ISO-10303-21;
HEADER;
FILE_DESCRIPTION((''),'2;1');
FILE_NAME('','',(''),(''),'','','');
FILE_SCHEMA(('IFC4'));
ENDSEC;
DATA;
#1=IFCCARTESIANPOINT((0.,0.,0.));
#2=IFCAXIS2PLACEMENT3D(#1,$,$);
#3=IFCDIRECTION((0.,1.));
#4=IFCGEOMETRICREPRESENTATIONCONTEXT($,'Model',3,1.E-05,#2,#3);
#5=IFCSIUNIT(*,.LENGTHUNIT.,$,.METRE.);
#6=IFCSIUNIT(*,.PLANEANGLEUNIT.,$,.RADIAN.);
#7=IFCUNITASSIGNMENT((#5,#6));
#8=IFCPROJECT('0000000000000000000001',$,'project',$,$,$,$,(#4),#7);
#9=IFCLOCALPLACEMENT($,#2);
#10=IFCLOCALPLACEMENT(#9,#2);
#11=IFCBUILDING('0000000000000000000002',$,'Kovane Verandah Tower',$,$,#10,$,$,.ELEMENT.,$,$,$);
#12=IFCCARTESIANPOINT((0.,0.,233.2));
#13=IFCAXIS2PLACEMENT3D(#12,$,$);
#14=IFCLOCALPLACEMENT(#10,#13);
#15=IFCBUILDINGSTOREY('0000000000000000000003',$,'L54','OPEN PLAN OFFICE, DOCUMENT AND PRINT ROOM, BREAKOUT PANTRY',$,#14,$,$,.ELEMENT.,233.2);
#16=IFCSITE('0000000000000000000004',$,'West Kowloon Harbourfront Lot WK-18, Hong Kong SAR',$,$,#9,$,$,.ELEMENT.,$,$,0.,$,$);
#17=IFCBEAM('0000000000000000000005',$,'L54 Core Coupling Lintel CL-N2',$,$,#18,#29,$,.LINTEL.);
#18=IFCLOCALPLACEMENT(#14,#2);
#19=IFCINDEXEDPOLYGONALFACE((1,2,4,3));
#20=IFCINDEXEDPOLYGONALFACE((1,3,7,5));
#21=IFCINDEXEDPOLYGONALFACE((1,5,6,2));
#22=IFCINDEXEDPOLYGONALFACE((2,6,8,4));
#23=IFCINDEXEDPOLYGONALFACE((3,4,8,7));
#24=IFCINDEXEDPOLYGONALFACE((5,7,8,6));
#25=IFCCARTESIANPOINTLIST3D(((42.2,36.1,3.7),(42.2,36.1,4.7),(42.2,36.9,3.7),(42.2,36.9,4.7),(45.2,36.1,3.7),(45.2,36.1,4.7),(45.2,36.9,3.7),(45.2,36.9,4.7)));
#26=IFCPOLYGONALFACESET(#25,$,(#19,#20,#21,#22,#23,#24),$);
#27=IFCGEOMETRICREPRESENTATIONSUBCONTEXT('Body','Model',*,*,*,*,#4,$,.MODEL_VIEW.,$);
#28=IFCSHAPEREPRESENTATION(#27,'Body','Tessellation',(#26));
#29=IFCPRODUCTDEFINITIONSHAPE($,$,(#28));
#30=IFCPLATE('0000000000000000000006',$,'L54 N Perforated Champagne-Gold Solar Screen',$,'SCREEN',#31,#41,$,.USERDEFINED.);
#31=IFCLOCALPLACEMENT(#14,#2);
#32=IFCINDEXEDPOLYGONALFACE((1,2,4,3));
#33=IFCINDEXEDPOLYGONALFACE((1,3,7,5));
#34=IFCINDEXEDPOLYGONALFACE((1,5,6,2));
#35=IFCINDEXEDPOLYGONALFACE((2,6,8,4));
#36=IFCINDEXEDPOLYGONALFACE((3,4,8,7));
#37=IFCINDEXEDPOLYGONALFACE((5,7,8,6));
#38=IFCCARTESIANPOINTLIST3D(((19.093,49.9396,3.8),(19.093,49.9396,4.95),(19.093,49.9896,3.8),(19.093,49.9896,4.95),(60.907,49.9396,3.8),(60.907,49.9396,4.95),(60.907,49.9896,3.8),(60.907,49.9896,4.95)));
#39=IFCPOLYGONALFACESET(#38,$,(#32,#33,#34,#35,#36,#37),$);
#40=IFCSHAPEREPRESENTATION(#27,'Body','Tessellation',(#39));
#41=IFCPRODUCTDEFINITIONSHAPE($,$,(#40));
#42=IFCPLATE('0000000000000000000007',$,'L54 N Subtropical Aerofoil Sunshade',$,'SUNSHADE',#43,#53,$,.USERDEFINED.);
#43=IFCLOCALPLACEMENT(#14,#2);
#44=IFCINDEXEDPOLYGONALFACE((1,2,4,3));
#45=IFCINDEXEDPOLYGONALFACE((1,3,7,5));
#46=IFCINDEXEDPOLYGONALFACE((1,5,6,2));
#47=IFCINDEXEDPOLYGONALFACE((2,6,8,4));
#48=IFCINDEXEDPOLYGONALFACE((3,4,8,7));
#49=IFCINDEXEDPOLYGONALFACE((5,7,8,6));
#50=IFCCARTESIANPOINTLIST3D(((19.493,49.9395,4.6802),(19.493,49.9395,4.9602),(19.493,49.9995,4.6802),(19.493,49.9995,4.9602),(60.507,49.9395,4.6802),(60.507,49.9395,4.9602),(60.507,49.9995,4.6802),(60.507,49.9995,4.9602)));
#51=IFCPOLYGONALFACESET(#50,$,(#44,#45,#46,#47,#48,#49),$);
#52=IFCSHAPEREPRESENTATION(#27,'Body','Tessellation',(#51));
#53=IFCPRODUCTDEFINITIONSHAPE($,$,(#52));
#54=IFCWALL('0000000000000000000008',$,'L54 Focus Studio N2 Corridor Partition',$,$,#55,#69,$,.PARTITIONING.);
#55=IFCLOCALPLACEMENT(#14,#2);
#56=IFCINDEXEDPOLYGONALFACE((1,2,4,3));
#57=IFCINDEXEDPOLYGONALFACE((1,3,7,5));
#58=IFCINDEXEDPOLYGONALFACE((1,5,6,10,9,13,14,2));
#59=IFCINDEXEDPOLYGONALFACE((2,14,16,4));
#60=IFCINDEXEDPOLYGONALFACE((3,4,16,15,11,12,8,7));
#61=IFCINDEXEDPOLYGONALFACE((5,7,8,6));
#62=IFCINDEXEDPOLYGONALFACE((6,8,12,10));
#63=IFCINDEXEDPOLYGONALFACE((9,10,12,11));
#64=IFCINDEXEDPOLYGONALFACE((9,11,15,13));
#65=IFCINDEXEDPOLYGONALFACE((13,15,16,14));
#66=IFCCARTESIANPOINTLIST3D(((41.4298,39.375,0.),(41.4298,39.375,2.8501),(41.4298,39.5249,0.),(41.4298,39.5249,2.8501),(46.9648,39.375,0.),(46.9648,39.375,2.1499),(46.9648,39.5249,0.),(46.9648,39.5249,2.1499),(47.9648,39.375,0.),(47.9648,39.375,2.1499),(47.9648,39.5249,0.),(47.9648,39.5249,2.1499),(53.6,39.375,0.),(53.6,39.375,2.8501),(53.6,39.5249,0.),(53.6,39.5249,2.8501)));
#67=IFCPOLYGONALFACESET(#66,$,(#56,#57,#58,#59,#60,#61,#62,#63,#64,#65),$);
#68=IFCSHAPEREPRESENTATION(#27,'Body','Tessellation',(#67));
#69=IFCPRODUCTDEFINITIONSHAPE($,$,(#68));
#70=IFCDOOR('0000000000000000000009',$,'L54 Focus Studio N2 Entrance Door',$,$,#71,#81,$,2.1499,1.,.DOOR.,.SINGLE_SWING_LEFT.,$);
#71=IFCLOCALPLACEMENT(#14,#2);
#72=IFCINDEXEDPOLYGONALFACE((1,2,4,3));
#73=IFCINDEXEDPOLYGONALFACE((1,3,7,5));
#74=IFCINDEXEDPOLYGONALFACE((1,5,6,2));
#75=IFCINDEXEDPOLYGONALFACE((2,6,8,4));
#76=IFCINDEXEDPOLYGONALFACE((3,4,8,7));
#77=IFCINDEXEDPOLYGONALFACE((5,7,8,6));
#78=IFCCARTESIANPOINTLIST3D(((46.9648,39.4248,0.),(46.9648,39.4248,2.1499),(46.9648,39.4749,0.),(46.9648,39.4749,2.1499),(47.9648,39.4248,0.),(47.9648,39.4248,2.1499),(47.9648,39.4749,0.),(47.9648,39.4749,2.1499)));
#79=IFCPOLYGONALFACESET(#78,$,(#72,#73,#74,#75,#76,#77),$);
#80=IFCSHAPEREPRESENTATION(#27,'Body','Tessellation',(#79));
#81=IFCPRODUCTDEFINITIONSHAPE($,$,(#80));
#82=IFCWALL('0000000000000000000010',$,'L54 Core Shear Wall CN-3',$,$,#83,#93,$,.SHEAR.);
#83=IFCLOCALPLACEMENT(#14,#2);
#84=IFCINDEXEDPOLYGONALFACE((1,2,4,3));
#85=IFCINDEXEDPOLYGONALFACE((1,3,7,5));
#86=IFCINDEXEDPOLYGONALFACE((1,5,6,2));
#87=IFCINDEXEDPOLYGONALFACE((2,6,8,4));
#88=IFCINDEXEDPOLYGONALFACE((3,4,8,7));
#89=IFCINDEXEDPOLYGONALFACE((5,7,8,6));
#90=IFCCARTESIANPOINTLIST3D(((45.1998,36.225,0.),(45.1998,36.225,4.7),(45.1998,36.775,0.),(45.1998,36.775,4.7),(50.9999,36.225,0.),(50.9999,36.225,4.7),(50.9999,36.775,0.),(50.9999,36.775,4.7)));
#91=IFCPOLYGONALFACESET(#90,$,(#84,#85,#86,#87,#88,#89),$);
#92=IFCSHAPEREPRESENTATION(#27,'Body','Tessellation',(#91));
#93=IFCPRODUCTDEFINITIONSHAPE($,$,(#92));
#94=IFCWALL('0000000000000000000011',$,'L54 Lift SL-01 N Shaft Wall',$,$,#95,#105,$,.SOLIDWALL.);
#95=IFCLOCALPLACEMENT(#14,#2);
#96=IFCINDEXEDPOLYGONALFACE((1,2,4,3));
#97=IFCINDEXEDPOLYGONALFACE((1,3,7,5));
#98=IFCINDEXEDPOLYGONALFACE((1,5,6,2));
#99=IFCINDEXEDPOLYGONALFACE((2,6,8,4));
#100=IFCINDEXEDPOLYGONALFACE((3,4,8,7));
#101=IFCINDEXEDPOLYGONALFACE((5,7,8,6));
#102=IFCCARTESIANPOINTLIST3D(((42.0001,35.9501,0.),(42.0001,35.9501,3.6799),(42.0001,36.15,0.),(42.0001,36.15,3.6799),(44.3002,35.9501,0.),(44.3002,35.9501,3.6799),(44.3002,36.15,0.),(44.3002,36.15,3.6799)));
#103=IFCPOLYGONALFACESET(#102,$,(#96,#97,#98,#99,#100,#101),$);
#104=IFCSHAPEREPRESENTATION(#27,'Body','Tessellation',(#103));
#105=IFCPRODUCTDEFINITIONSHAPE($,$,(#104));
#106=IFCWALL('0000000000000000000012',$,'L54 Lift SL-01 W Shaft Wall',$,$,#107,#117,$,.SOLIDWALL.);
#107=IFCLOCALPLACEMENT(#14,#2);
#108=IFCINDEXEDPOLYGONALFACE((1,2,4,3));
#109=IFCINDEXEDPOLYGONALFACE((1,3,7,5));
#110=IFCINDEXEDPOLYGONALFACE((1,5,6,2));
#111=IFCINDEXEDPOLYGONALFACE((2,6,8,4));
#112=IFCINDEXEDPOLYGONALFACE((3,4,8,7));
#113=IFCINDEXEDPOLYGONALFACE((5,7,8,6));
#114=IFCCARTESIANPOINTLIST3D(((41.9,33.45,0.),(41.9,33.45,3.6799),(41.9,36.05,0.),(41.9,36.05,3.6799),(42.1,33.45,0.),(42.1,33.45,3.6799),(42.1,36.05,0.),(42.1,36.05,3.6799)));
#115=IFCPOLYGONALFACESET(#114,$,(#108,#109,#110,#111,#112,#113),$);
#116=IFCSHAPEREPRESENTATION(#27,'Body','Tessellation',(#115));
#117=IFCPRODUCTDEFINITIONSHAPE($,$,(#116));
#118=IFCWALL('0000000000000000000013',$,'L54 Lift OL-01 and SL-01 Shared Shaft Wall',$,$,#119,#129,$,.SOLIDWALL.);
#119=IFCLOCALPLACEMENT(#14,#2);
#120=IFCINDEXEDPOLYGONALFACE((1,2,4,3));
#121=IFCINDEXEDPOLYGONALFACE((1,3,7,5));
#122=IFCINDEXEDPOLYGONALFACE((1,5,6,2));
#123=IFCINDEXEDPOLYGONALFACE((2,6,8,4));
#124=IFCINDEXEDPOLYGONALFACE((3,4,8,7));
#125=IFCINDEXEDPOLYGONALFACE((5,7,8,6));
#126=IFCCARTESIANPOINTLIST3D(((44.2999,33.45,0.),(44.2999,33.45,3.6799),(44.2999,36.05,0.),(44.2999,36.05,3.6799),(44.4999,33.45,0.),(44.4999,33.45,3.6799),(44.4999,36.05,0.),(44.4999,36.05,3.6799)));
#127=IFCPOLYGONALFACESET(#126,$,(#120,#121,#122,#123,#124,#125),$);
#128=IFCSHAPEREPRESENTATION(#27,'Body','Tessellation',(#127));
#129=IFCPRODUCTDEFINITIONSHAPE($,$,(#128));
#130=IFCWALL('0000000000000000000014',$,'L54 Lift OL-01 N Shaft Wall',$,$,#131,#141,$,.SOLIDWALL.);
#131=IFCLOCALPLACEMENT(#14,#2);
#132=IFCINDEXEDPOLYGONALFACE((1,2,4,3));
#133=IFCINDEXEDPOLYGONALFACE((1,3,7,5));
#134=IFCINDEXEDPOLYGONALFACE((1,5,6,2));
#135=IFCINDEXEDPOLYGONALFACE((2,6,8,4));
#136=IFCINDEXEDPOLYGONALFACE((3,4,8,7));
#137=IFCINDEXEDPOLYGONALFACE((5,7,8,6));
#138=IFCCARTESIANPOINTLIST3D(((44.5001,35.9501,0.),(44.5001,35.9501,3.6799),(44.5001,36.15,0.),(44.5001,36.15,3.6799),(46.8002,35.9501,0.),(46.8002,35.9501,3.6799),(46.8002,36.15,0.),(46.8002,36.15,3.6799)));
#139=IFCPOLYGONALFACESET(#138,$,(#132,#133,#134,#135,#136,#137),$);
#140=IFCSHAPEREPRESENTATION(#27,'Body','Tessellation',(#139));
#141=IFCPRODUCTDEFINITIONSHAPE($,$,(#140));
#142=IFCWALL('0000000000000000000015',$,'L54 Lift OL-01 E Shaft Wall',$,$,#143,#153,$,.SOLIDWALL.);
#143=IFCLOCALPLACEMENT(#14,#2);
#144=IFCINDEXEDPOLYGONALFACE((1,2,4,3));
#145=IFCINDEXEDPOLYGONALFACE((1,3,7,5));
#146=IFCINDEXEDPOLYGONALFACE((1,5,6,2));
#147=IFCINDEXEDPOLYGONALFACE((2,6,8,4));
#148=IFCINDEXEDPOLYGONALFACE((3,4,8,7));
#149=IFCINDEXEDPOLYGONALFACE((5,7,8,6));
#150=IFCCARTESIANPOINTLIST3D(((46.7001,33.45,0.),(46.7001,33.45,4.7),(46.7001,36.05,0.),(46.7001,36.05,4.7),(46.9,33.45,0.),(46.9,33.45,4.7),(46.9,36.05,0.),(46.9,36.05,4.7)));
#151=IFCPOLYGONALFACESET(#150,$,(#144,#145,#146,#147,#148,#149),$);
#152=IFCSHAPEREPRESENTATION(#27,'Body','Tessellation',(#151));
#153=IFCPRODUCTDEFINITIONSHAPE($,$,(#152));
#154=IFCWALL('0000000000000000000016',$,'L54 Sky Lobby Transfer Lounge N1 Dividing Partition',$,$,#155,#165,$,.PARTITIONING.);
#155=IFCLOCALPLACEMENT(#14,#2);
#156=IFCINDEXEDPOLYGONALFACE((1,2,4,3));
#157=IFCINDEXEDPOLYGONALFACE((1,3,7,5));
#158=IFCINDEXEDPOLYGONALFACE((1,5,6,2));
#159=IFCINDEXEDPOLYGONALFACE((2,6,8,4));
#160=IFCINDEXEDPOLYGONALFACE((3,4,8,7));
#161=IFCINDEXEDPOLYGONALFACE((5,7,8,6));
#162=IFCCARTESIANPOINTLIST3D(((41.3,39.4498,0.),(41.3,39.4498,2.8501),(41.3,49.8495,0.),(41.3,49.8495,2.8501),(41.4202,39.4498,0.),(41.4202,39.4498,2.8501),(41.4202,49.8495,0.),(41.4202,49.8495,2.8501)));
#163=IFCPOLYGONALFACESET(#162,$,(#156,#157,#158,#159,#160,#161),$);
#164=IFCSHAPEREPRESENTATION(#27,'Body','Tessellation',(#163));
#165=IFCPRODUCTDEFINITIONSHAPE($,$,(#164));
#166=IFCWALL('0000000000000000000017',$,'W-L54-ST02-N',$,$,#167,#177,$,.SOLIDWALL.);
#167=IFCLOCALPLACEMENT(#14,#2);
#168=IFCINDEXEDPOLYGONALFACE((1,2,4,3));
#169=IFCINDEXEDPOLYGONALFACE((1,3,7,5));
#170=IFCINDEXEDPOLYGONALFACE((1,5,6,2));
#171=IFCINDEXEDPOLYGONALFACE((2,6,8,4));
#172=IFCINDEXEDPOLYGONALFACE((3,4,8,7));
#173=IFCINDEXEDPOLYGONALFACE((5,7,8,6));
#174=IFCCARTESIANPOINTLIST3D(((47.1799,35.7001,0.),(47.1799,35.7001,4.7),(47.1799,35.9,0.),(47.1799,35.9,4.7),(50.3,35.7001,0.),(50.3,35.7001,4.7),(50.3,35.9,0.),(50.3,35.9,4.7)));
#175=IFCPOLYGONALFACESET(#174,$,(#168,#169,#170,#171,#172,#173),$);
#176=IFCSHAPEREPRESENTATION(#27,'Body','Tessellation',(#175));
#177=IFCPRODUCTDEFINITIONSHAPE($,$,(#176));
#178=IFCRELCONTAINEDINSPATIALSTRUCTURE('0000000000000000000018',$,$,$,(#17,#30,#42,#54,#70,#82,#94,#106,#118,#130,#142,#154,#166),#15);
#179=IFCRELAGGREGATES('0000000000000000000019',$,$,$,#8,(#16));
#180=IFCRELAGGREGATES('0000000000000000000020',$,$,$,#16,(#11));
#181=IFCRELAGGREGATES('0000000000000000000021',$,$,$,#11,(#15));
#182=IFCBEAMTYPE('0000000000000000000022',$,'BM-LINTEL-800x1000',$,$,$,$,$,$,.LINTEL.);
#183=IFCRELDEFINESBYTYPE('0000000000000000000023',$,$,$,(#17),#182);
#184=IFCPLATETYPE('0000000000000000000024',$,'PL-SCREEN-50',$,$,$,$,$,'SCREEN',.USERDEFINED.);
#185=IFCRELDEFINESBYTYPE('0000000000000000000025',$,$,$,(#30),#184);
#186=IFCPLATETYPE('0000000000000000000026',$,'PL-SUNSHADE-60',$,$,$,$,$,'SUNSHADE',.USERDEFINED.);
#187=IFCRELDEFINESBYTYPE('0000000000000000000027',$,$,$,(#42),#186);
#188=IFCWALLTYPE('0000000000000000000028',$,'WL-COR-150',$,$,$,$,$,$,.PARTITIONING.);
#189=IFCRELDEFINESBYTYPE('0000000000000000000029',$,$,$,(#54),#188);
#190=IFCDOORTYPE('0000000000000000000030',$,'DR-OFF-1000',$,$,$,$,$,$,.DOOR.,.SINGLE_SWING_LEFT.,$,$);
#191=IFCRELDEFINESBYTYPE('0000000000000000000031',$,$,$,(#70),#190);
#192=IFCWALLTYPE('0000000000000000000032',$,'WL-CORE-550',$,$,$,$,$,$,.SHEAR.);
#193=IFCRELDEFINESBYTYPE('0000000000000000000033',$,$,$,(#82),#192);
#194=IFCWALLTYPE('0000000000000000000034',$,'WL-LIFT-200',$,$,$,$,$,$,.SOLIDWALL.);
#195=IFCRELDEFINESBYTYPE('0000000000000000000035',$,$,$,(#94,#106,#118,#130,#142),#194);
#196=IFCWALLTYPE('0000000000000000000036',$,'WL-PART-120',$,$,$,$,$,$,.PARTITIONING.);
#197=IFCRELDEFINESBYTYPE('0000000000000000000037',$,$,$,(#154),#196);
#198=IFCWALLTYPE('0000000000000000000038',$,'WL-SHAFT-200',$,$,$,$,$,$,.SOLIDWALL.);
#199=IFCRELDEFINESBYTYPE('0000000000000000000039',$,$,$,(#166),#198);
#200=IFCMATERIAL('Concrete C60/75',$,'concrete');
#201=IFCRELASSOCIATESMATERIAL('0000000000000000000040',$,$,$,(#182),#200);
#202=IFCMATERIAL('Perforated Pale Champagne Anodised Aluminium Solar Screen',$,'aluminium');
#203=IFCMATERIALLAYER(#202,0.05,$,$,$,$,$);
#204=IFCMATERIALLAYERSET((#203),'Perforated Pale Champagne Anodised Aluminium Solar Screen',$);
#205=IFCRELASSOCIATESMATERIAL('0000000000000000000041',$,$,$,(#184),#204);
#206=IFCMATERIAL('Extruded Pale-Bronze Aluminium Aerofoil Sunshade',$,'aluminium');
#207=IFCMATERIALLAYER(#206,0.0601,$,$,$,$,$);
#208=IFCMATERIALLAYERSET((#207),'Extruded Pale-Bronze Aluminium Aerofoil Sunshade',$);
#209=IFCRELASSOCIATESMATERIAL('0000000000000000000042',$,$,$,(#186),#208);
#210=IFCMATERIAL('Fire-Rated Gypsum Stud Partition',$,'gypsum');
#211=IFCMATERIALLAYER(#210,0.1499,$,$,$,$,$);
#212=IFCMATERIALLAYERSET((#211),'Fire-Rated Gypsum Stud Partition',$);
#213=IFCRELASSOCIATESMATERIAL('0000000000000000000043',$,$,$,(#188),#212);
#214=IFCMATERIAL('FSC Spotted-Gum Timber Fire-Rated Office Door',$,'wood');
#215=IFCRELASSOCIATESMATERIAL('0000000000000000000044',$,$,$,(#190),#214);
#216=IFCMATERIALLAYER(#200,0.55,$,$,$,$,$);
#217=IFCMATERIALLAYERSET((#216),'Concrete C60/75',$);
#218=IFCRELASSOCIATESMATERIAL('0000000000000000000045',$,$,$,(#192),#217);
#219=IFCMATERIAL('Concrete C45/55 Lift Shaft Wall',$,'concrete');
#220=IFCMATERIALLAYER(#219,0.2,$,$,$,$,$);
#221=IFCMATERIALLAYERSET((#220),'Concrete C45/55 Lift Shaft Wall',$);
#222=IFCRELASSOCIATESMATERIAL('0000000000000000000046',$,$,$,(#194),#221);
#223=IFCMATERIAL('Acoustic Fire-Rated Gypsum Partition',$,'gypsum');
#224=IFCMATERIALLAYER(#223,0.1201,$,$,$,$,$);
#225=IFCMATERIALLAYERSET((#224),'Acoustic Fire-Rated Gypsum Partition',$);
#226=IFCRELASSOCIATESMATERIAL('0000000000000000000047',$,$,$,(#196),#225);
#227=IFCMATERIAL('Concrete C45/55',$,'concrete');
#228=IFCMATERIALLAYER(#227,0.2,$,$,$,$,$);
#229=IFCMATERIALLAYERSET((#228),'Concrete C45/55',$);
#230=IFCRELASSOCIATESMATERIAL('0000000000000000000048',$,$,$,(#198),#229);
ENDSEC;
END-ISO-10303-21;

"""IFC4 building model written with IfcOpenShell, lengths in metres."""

from ifc_helpers import new_model, si_unit, direction, frame, frame_2d, origin, origin_2d, place, context, subcontext, project, spatial, rectangle, extrude, material, layer, layer_set, material_profile, profile_set, type_object, element, fill, save


model = new_model("IFC4")

# Units and contexts
model_context = context("Model", 3, precision=1e-05, world=origin(), true_north=direction((0.0, 1.0)))
body_context = subcontext(model_context, "Body", "Model", "MODEL_VIEW")
ifc_project = project(units=[si_unit("LENGTHUNIT", "METRE"), si_unit("PLANEANGLEUNIT", "RADIAN")], contexts=[model_context])

# Site, building, storey
site_placement = place(None, origin())
site = spatial("IfcSite", under=ifc_project, at=site_placement, Name="West Kowloon Harbourfront Lot WK-18, Hong Kong SAR", CompositionType="ELEMENT", RefElevation=0.0)
building_placement = place(site_placement, origin())
building = spatial("IfcBuilding", under=site, at=building_placement, Name="Kovane Verandah Tower", CompositionType="ELEMENT")
storey_placement = place(building_placement, frame((0.0, 0.0, 233.2)))
storey = spatial("IfcBuildingStorey", under=building, at=storey_placement, Name="L54", Description="OPEN PLAN OFFICE, DOCUMENT AND PRINT ROOM, BREAKOUT PANTRY", CompositionType="ELEMENT", Elevation=233.2)

# Beam
ifc_material_1 = material(Name="Concrete C60/75", Category="concrete")
ifc_material_profile = material_profile(ifc_material_1, rectangle(XDim=0.8, YDim=1.0, at=origin_2d()), Name="RCB800x1000")
ifc_profile_set = profile_set([ifc_material_profile], Name="Concrete C60/75")
beam_type = type_object("IfcBeamType", Name="BM-LINTEL-800x1000", PredefinedType="LINTEL", material=ifc_profile_set)
beam_placement = place(storey_placement, frame((42.2, 36.5, 4.2), z_axis=(1.0, 0.0, 0.0), x_axis=(0.0, 1.0, 0.0)))
element("IfcBeam", 1, at=beam_placement, inside=storey, type_object=beam_type, Name="L54 Core Coupling Lintel CL-N2", PredefinedType="LINTEL", context=body_context, shape_type="SweptSolid", body=[
    extrude(rectangle(XDim=0.8, YDim=1.0, at=origin_2d()), origin(), (0.0, 0.0, 1.0), 3.0),
])

# Plates
ifc_material_2 = material(Name="Perforated Pale Champagne Anodised Aluminium Solar Screen", Category="aluminium")
ifc_layer_1 = layer(ifc_material_2, 0.05)
ifc_layer_set_1 = layer_set([ifc_layer_1], Name="Perforated Pale Champagne Anodised Aluminium Solar Screen")
plate_type_1 = type_object("IfcPlateType", Name="PL-SCREEN-50", ElementType="SCREEN", PredefinedType="USERDEFINED", material=ifc_layer_set_1)
plate_1_placement = place(storey_placement, frame((40.0, 49.9646, 3.8), z_axis=(0.0, 0.0, 1.0), x_axis=(-1.0, 0.0, 0.0)))
element("IfcPlate", 2, at=plate_1_placement, inside=storey, type_object=plate_type_1, Name="L54 N Perforated Champagne-Gold Solar Screen", ObjectType="SCREEN", PredefinedType="USERDEFINED", context=body_context, shape_type="SweptSolid", body=[
    extrude(rectangle(XDim=41.814, YDim=0.05, at=origin_2d()), origin(), (0.0, 0.0, 1.0), 1.1499),
])
ifc_material_3 = material(Name="Extruded Pale-Bronze Aluminium Aerofoil Sunshade", Category="aluminium")
ifc_layer_2 = layer(ifc_material_3, 0.0601)
ifc_layer_set_2 = layer_set([ifc_layer_2], Name="Extruded Pale-Bronze Aluminium Aerofoil Sunshade")
plate_type_2 = type_object("IfcPlateType", Name="PL-SUNSHADE-60", ElementType="SUNSHADE", PredefinedType="USERDEFINED", material=ifc_layer_set_2)
plate_2_placement = place(storey_placement, frame((40.0, 49.9695, 4.6802), z_axis=(0.0, 0.0, 1.0), x_axis=(-1.0, 0.0, 0.0)))
element("IfcPlate", 3, at=plate_2_placement, inside=storey, type_object=plate_type_2, Name="L54 N Subtropical Aerofoil Sunshade", ObjectType="SUNSHADE", PredefinedType="USERDEFINED", context=body_context, shape_type="SweptSolid", body=[
    extrude(rectangle(XDim=41.0139, YDim=0.0601, at=origin_2d()), origin(), (0.0, 0.0, 1.0), 0.28),
])

# Wall, opening, door
ifc_material_4 = material(Name="Fire-Rated Gypsum Stud Partition", Category="gypsum")
ifc_layer_3 = layer(ifc_material_4, 0.1499)
ifc_layer_set_3 = layer_set([ifc_layer_3], Name="Fire-Rated Gypsum Stud Partition")
wall_type_1 = type_object("IfcWallType", Name="WL-COR-150", PredefinedType="PARTITIONING", material=ifc_layer_set_3)
wall_1_placement = place(storey_placement, frame((41.4299, 39.45, 0.0), z_axis=(0.0, 0.0, 1.0), x_axis=(1.0, 0.0, 0.0)))
wall_1 = element("IfcWall", 4, at=wall_1_placement, inside=storey, type_object=wall_type_1, Name="L54 Focus Studio N2 Corridor Partition", PredefinedType="PARTITIONING", context=body_context, shape_type="SweptSolid", body=[
    extrude(rectangle(XDim=12.1702, YDim=0.1499, at=frame_2d((6.085, 0.0))), origin(), (0.0, 0.0, 1.0), 2.8501),
])
opening_1_placement = place(wall_1_placement, frame((5.5349, 0.0, 0.0)))
opening_1 = element("IfcOpeningElement", 5, at=opening_1_placement, cuts=wall_1, PredefinedType="OPENING", context=body_context, shape_type="SweptSolid", body=[
    extrude(rectangle(XDim=1.0, YDim=2.1499, at=frame_2d((0.5, 1.075))), frame((0.0, 0.075, 0.0), z_axis=(0.0, -1.0, 0.0), x_axis=(1.0, 0.0, 0.0)), (0.0, 0.0, 1.0), 0.1499),
])
ifc_material_5 = material(Name="FSC Spotted-Gum Timber Fire-Rated Office Door", Category="wood")
door_type_1 = type_object("IfcDoorType", Name="DR-OFF-1000", OperationType="SINGLE_SWING_LEFT", PredefinedType="DOOR", material=ifc_material_5)
door_1_placement = place(opening_1_placement, origin())
door_1 = element("IfcDoor", 6, at=door_1_placement, inside=storey, type_object=door_type_1, Name="L54 Focus Studio N2 Entrance Door", OperationType="SINGLE_SWING_LEFT", OverallHeight=2.1499, OverallWidth=1.0, PredefinedType="DOOR", context=body_context, shape_type="SweptSolid", body=[
    extrude(rectangle(XDim=1.0, YDim=2.1499, at=frame_2d((0.5, 1.075))), frame((0.0, 0.0249, 0.0), z_axis=(0.0, -1.0, 0.0), x_axis=(1.0, 0.0, 0.0)), (0.0, 0.0, 1.0), 0.05),
])
fill(opening_1, door_1)

# Wall
ifc_layer_4 = layer(ifc_material_1, 0.55)
ifc_layer_set_4 = layer_set([ifc_layer_4], Name="Concrete C60/75")
wall_type_2 = type_object("IfcWallType", Name="WL-CORE-550", PredefinedType="SHEAR", material=ifc_layer_set_4)
wall_2_placement = place(storey_placement, frame((45.2, 36.5, 0.0), z_axis=(0.0, 0.0, 1.0), x_axis=(1.0, 0.0, 0.0)))
element("IfcWall", 7, at=wall_2_placement, inside=storey, type_object=wall_type_2, Name="L54 Core Shear Wall CN-3", PredefinedType="SHEAR", context=body_context, shape_type="SweptSolid", body=[
    extrude(rectangle(XDim=5.8, YDim=0.55, at=frame_2d((2.8999, 0.0))), origin(), (0.0, 0.0, 1.0), 4.7),
])

# Shared definitions
ifc_material_6 = material(Name="Concrete C45/55 Lift Shaft Wall", Category="concrete")
ifc_layer_5 = layer(ifc_material_6, 0.2)
ifc_layer_set_5 = layer_set([ifc_layer_5], Name="Concrete C45/55 Lift Shaft Wall")
wall_type_3 = type_object("IfcWallType", Name="WL-LIFT-200", PredefinedType="SOLIDWALL", material=ifc_layer_set_5)

# Walls
wall_3_placement = place(storey_placement, frame((44.3, 36.05, 0.0), z_axis=(0.0, 0.0, 1.0), x_axis=(-1.0, 0.0, 0.0)))
element("IfcWall", 8, at=wall_3_placement, inside=storey, type_object=wall_type_3, Name="L54 Lift SL-01 N Shaft Wall", PredefinedType="SOLIDWALL", context=body_context, shape_type="SweptSolid", body=[
    extrude(rectangle(XDim=2.3, YDim=0.2, at=frame_2d((1.1499, 0.0))), origin(), (0.0, 0.0, 1.0), 3.6799),
])
for number, where, z_axis, x_axis, name in (
    (9, (42.0, 36.05, 0.0), (0.0, 0.0, 1.0), (0.0, -1.0, 0.0), "L54 Lift SL-01 W Shaft Wall"),
    (10, (44.3999, 33.45, 0.0), (0.0, 0.0, 1.0), (0.0, 1.0, 0.0), "L54 Lift OL-01 and SL-01 Shared Shaft Wall"),
):
    element("IfcWall", number, at=place(storey_placement, frame(where, z_axis=z_axis, x_axis=x_axis)), inside=storey, type_object=wall_type_3, Name=name, PredefinedType="SOLIDWALL", context=body_context, shape_type="SweptSolid", body=[
        extrude(rectangle(XDim=2.6001, YDim=0.2, at=frame_2d((1.3, 0.0))), origin(), (0.0, 0.0, 1.0), 3.6799),
    ])

# Walls
wall_4_placement = place(storey_placement, frame((46.8, 36.05, 0.0), z_axis=(0.0, 0.0, 1.0), x_axis=(-1.0, 0.0, 0.0)))
element("IfcWall", 11, at=wall_4_placement, inside=storey, type_object=wall_type_3, Name="L54 Lift OL-01 N Shaft Wall", PredefinedType="SOLIDWALL", context=body_context, shape_type="SweptSolid", body=[
    extrude(rectangle(XDim=2.3, YDim=0.2, at=frame_2d((1.1499, 0.0))), origin(), (0.0, 0.0, 1.0), 3.6799),
])
wall_5_placement = place(storey_placement, frame((46.8, 33.45, 0.0), z_axis=(0.0, 0.0, 1.0), x_axis=(0.0, 1.0, 0.0)))
element("IfcWall", 12, at=wall_5_placement, inside=storey, type_object=wall_type_3, Name="L54 Lift OL-01 E Shaft Wall", PredefinedType="SOLIDWALL", context=body_context, shape_type="SweptSolid", body=[
    extrude(rectangle(XDim=2.6001, YDim=0.2, at=frame_2d((1.3, 0.0))), origin(), (0.0, 0.0, 1.0), 4.7),
])
ifc_material_7 = material(Name="Acoustic Fire-Rated Gypsum Partition", Category="gypsum")
ifc_layer_6 = layer(ifc_material_7, 0.1201)
ifc_layer_set_6 = layer_set([ifc_layer_6], Name="Acoustic Fire-Rated Gypsum Partition")
wall_type_4 = type_object("IfcWallType", Name="WL-PART-120", PredefinedType="PARTITIONING", material=ifc_layer_set_6)
wall_6_placement = place(storey_placement, frame((41.3601, 39.45, 0.0), z_axis=(0.0, 0.0, 1.0), x_axis=(0.0, 1.0, 0.0)))
element("IfcWall", 13, at=wall_6_placement, inside=storey, type_object=wall_type_4, Name="L54 Sky Lobby Transfer Lounge N1 Dividing Partition", PredefinedType="PARTITIONING", context=body_context, shape_type="SweptSolid", body=[
    extrude(rectangle(XDim=10.3997, YDim=0.1201, at=frame_2d((5.1997, 0.0))), origin(), (0.0, 0.0, 1.0), 2.8501),
])
ifc_material_8 = material(Name="Concrete C45/55", Category="concrete")
ifc_layer_7 = layer(ifc_material_8, 0.2)
ifc_layer_set_7 = layer_set([ifc_layer_7], Name="Concrete C45/55")
wall_type_5 = type_object("IfcWallType", Name="WL-SHAFT-200", PredefinedType="SOLIDWALL", material=ifc_layer_set_7)
wall_7_placement = place(storey_placement, frame((47.1799, 35.8, 0.0), z_axis=(0.0, 0.0, 1.0), x_axis=(1.0, 0.0, 0.0)))
element("IfcWall", 14, at=wall_7_placement, inside=storey, type_object=wall_type_5, Name="W-L54-ST02-N", PredefinedType="SOLIDWALL", context=body_context, shape_type="SweptSolid", body=[
    extrude(rectangle(XDim=3.1201, YDim=0.2, at=frame_2d((1.5601, 0.0))), origin(), (0.0, 0.0, 1.0), 4.7),
])

save(model, "model.ifc")
